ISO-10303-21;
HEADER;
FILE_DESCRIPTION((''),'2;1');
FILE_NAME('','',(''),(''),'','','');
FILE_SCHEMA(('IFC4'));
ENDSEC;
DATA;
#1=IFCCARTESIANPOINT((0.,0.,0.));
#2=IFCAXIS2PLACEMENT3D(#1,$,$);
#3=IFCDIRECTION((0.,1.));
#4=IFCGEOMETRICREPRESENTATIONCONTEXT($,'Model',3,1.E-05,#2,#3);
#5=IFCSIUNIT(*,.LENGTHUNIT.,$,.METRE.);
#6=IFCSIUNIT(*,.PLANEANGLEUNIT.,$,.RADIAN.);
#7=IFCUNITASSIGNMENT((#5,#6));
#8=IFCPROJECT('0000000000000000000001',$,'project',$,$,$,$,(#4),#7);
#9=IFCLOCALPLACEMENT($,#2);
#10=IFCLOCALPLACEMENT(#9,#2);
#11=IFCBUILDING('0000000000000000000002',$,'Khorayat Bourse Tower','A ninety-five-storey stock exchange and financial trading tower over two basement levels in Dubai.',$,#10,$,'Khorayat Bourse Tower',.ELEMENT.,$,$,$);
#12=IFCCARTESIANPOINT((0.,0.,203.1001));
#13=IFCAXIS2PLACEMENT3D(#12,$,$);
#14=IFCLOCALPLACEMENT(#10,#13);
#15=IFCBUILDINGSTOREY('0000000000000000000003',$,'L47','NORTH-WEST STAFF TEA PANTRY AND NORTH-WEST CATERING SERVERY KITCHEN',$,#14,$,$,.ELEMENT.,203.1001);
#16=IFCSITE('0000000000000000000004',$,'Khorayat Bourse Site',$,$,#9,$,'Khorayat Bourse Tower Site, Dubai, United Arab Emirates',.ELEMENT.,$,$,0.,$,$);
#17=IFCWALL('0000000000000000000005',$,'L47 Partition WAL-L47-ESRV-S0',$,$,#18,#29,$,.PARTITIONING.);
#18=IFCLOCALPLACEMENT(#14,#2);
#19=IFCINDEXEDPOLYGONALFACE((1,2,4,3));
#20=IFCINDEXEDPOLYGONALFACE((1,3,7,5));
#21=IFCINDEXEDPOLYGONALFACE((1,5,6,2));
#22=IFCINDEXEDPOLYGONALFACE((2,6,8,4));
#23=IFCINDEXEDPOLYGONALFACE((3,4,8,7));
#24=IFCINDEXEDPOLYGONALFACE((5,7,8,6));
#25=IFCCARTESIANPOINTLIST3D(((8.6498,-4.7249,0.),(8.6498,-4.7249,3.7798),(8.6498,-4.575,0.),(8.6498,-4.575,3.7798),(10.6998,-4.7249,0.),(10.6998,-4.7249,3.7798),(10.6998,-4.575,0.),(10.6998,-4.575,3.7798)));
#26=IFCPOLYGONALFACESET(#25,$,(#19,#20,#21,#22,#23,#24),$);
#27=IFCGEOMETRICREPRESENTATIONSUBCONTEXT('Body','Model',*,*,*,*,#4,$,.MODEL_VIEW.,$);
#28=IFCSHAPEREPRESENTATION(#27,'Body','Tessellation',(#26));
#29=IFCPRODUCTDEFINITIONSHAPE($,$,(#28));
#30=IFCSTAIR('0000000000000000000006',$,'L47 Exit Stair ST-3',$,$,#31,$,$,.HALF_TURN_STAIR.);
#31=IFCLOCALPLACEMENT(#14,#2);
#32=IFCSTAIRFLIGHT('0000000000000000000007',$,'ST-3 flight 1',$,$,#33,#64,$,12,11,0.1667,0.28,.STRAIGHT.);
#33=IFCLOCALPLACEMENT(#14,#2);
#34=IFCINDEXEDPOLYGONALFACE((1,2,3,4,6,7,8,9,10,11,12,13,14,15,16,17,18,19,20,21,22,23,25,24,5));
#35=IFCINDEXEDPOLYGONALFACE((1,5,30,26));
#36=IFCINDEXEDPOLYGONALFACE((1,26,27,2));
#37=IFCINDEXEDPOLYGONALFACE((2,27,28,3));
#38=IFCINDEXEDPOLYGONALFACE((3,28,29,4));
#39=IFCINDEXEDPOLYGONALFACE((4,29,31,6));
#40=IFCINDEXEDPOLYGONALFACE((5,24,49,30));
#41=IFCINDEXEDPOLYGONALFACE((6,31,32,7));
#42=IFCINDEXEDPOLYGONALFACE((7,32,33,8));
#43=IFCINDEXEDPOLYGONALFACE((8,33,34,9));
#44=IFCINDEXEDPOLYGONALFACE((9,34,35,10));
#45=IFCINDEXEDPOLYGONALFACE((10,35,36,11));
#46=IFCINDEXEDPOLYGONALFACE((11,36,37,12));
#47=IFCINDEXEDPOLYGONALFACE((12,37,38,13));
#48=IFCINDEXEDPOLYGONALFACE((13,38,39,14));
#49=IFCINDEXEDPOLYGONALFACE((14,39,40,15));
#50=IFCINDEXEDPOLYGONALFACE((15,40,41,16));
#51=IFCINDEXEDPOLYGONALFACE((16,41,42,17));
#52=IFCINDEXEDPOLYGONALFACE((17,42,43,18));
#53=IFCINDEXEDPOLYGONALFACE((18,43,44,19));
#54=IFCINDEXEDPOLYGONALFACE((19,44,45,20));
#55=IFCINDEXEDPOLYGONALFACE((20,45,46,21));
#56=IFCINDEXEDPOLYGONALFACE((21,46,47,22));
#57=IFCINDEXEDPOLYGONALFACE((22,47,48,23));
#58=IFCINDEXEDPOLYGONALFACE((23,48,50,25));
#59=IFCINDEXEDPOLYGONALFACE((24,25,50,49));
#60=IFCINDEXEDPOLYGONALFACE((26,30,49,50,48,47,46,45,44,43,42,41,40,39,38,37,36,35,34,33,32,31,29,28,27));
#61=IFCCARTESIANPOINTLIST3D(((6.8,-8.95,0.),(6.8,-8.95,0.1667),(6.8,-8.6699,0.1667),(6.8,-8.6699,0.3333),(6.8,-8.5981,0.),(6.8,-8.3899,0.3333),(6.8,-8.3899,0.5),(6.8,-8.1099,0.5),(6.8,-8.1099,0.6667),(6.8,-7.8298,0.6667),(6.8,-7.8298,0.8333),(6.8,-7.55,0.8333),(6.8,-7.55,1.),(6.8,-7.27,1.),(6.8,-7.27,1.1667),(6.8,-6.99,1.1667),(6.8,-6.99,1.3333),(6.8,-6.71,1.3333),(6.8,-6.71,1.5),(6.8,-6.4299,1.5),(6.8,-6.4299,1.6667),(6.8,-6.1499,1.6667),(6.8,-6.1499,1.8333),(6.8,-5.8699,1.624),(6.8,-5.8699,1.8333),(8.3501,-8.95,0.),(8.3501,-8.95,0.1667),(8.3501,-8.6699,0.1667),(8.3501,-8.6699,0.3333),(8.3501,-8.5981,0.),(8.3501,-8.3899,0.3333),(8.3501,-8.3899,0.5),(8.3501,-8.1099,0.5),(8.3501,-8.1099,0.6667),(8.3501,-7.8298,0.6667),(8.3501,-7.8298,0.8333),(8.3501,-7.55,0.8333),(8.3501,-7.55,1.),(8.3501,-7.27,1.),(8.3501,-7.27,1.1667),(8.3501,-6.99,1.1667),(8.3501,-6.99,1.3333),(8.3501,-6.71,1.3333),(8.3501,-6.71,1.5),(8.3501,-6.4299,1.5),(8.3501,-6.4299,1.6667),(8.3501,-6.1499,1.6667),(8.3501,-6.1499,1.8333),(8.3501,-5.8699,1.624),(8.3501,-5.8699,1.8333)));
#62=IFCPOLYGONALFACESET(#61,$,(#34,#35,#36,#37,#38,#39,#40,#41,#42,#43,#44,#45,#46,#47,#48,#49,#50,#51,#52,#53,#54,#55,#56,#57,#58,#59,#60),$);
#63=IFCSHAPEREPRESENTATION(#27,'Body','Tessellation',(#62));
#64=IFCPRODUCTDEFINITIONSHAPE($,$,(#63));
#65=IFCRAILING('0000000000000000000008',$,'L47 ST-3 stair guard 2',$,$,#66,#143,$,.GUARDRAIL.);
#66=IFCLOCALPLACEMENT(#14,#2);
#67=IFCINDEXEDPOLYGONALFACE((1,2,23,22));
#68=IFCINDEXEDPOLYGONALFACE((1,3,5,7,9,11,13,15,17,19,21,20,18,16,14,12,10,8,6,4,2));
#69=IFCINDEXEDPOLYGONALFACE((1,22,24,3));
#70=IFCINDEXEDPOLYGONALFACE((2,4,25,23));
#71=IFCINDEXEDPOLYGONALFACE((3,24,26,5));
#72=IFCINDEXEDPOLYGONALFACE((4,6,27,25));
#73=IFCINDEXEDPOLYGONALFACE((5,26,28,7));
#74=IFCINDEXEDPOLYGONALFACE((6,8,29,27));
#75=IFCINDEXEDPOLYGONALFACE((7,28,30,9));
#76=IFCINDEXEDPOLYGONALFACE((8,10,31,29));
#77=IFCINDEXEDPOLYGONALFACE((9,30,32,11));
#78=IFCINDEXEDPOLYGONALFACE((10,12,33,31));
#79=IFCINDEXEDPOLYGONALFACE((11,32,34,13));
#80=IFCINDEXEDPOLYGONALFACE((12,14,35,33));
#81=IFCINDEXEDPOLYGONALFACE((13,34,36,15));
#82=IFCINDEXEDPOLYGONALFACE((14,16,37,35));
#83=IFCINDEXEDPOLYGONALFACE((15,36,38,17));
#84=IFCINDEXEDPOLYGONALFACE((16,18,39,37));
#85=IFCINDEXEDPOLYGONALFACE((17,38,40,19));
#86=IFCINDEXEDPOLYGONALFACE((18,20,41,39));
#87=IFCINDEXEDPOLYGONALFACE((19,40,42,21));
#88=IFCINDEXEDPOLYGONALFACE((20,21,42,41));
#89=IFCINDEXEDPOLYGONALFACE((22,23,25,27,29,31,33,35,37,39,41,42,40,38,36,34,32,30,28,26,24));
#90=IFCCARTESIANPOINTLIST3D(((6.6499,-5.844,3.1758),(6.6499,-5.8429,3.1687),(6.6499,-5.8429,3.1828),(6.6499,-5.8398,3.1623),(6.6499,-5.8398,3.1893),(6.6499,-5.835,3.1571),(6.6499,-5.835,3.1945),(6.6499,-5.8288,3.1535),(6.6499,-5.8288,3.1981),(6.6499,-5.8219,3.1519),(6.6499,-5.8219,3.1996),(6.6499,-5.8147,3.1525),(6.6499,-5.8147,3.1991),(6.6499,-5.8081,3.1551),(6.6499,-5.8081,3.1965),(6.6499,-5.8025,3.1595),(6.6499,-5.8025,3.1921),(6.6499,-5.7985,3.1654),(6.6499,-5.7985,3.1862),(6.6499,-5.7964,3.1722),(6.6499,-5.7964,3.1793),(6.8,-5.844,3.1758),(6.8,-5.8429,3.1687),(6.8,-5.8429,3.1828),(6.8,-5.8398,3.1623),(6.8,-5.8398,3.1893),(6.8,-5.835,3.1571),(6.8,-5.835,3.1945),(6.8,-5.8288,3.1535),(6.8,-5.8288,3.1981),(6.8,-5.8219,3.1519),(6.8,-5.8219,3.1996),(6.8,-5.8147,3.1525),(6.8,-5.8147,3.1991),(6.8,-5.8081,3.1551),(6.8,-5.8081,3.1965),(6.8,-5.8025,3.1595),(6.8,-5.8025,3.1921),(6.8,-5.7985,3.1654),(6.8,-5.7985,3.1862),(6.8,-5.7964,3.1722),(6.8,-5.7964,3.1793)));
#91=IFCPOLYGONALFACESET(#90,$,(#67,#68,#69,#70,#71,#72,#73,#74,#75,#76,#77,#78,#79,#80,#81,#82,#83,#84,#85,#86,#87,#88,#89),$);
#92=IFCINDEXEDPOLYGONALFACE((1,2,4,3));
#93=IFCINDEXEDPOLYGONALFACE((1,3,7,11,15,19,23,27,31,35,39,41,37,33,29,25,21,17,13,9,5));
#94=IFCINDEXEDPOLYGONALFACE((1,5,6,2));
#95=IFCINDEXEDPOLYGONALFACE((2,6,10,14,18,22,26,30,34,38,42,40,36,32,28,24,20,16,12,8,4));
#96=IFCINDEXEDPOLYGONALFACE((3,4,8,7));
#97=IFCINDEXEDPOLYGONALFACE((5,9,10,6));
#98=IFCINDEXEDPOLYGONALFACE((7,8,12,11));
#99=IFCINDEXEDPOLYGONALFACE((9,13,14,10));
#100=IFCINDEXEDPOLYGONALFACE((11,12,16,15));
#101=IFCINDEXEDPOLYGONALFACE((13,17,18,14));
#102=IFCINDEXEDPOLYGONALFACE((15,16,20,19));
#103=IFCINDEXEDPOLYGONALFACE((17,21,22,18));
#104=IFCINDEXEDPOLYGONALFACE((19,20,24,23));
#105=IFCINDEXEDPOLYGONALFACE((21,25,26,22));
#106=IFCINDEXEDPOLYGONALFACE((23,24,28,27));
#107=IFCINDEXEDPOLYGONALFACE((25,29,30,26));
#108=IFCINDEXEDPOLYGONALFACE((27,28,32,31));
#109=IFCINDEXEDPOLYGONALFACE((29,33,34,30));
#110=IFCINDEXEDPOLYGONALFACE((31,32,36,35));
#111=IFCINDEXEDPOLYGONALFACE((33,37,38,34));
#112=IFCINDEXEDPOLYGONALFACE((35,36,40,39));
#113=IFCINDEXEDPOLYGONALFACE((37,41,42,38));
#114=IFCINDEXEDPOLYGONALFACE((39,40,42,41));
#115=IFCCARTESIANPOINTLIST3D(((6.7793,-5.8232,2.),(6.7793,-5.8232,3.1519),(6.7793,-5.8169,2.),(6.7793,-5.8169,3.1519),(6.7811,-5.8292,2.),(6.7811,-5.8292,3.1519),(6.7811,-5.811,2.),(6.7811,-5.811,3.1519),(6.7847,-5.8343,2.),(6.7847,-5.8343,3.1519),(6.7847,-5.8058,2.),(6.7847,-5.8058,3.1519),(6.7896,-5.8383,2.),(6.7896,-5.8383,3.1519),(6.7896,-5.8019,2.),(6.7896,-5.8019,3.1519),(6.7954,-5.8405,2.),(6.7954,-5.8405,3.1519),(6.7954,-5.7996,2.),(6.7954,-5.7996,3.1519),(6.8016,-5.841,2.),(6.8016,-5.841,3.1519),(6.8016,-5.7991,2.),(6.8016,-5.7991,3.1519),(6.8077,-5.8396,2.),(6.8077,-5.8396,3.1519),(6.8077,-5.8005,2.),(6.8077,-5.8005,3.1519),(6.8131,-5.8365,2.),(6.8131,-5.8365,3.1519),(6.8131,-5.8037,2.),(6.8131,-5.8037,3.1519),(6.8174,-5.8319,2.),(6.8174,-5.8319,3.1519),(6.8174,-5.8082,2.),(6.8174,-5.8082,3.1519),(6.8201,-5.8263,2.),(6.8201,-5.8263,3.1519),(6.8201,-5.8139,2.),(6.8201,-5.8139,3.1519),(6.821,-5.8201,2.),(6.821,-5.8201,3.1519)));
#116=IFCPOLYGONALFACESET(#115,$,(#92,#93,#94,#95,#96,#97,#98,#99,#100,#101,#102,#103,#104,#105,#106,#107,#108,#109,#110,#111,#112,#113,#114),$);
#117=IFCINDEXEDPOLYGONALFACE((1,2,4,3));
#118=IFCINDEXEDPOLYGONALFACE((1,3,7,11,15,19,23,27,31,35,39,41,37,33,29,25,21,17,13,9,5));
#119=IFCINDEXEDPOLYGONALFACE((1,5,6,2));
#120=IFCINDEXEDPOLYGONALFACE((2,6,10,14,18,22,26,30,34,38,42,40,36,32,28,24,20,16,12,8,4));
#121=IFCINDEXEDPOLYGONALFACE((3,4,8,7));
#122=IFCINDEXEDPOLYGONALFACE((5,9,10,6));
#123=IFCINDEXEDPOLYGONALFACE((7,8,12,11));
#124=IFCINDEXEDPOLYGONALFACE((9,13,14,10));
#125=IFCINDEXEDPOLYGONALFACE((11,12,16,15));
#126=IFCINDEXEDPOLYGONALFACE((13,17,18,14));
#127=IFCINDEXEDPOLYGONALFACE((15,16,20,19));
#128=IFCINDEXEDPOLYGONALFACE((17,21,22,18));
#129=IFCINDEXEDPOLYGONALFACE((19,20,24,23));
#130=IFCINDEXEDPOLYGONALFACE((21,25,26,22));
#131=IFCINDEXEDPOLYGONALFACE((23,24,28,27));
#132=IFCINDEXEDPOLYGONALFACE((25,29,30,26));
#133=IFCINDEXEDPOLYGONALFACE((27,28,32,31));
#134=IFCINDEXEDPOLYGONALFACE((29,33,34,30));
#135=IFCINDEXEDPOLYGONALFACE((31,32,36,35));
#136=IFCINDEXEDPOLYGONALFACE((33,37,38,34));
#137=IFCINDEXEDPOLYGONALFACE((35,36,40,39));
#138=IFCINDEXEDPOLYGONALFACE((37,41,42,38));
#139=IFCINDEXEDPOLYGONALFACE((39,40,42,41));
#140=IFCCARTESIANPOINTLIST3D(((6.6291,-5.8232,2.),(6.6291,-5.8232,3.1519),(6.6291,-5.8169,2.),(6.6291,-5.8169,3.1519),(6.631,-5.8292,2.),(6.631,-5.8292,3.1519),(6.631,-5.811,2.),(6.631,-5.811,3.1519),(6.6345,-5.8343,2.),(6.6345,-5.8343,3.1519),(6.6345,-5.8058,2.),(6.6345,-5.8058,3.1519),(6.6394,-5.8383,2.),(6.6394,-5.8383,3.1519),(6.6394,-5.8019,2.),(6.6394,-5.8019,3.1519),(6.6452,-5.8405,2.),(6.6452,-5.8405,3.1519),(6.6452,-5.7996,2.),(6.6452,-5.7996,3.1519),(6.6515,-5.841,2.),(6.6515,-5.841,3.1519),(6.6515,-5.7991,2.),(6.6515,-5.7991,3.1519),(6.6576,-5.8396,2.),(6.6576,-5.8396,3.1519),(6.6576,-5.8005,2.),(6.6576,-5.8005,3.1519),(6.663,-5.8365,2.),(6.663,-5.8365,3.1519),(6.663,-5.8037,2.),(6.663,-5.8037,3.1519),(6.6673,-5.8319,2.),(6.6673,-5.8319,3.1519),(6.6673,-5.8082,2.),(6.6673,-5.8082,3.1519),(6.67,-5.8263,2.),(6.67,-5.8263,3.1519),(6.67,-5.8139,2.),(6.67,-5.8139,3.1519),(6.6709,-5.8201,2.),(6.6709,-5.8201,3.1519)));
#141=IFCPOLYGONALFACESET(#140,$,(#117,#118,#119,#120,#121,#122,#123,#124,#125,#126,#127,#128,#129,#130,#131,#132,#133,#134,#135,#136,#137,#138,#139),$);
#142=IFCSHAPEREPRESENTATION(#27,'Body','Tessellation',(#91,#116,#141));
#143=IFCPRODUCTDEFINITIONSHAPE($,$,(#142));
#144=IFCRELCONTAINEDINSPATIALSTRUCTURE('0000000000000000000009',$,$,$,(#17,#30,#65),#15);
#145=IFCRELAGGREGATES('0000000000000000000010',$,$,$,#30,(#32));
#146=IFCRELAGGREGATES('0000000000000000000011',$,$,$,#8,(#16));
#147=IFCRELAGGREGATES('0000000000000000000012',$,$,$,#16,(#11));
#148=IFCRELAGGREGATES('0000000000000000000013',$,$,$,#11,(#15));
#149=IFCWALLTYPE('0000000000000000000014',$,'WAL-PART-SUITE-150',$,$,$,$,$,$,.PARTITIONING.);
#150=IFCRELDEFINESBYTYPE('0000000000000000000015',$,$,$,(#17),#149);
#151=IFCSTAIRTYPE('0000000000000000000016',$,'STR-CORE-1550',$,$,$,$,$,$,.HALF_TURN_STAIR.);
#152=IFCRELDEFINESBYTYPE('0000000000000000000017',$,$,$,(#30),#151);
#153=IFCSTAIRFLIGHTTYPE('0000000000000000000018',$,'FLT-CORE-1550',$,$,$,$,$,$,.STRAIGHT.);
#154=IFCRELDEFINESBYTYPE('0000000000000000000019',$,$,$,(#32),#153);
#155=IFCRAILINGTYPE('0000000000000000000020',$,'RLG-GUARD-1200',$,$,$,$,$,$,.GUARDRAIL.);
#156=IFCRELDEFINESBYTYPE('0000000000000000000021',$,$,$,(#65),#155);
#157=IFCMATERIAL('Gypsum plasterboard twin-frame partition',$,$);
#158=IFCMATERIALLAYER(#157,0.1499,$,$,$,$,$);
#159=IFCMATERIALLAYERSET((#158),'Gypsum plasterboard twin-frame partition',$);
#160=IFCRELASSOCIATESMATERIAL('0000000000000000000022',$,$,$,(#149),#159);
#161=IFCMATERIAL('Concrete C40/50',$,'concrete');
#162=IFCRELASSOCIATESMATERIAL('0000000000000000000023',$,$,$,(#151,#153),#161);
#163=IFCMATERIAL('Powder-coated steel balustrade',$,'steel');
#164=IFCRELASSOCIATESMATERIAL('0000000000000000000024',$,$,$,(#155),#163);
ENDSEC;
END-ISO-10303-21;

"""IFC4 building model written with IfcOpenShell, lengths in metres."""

from ifc_helpers import new_model, si_unit, direction, frame, frame_2d, origin, origin_2d, place, context, subcontext, project, spatial, polyline, rectangle, circle, outline, extrude, source, transform, mapped, material, layer, layer_set, type_object, element, aggregate, save


model = new_model("IFC4")

# Units and contexts
model_context = context("Model", 3, precision=1e-05, world=origin(), true_north=direction((0.0, 1.0)))
body_context = subcontext(model_context, "Body", "Model", "MODEL_VIEW")
ifc_project = project(units=[si_unit("LENGTHUNIT", "METRE"), si_unit("PLANEANGLEUNIT", "RADIAN")], contexts=[model_context])

# Site, building, storey
site_placement = place(None, origin())
site = spatial("IfcSite", under=ifc_project, at=site_placement, Name="Khorayat Bourse Site", LongName="Khorayat Bourse Tower Site, Dubai, United Arab Emirates", CompositionType="ELEMENT", RefElevation=0.0)
building_placement = place(site_placement, origin())
building = spatial("IfcBuilding", under=site, at=building_placement, Name="Khorayat Bourse Tower", Description="A ninety-five-storey stock exchange and financial trading tower over two basement levels in Dubai.", LongName="Khorayat Bourse Tower", CompositionType="ELEMENT")
storey_placement = place(building_placement, frame((0.0, 0.0, 203.1001)))
storey = spatial("IfcBuildingStorey", under=building, at=storey_placement, Name="L47", Description="NORTH-WEST STAFF TEA PANTRY AND NORTH-WEST CATERING SERVERY KITCHEN", CompositionType="ELEMENT", Elevation=203.1001)

# Wall
ifc_material_1 = material(Name="Gypsum plasterboard twin-frame partition")
ifc_layer_1 = layer(ifc_material_1, 0.1499)
ifc_layer_set_1 = layer_set([ifc_layer_1], Name="Gypsum plasterboard twin-frame partition")
wall_type_1 = type_object("IfcWallType", Name="WAL-PART-SUITE-150", PredefinedType="PARTITIONING", material=ifc_layer_set_1)
shared_shape_1 = source(origin(), body_context, "Body", "SweptSolid", [
    extrude(rectangle(XDim=2.05, YDim=0.1499, at=frame_2d((1.0249, 0.0))), origin(), (0.0, 0.0, 1.0), 3.7798),
])
wall_1_placement = place(storey_placement, frame((8.6499, -4.6499, 0.0), z_axis=(0.0, 0.0, 1.0), x_axis=(1.0, 0.0, 0.0)))
element("IfcWall", 1, at=wall_1_placement, inside=storey, type_object=wall_type_1, Name="L47 Partition WAL-L47-ESRV-S0", PredefinedType="PARTITIONING", context=body_context, shape_type="MappedRepresentation", body=[
    mapped(shared_shape_1, transform((0.0, 0.0, 0.0), scale=1.0)),
])

# Stair, stair flight
ifc_material_2 = material(Name="Concrete C40/50", Category="concrete")
stair_type = type_object("IfcStairType", Name="STR-CORE-1550", PredefinedType="HALF_TURN_STAIR", material=ifc_material_2)
stair_placement = place(storey_placement, origin())
stair = element("IfcStair", 2, at=stair_placement, inside=storey, type_object=stair_type, Name="L47 Exit Stair ST-3", PredefinedType="HALF_TURN_STAIR")
stair_flight_type = type_object("IfcStairFlightType", Name="FLT-CORE-1550", PredefinedType="STRAIGHT", material=ifc_material_2)
shared_shape_2 = source(origin(), body_context, "Body", "SweptSolid", [
    extrude(outline(polyline([(0.0, 0.0), (0.0, 0.1667), (0.28, 0.1667), (0.28, 0.3333), (0.5601, 0.3333), (0.5601, 0.5), (0.8401, 0.5), (0.8401, 0.6667), (1.1201, 0.6667), (1.1201, 0.8333), (1.3999, 0.8333), (1.3999, 1.0), (1.6799, 1.0), (1.6799, 1.1667), (1.96, 1.1667), (1.96, 1.3333), (2.24, 1.3333), (2.24, 1.5), (2.52, 1.5), (2.52, 1.6667), (2.8, 1.6667), (2.8, 1.8333), (3.0801, 1.8333), (3.0801, 2.0), (3.0801, 1.624), (0.3518, 0.0), (0.0, 0.0)])), frame((0.0, 0.7749, 0.0), z_axis=(0.0, -1.0, 0.0), x_axis=(1.0, 0.0, 0.0)), (0.0, 0.0, 1.0), 1.55),
])
stair_flight_placement = place(storey_placement, frame((7.575, -8.95, 0.0), z_axis=(0.0, 0.0, 1.0), x_axis=(0.0, 1.0, 0.0)))
stair_flight = element("IfcStairFlight", 3, at=stair_flight_placement, type_object=stair_flight_type, Name="ST-3 flight 1", NumberOfRisers=12, NumberOfTreads=11, PredefinedType="STRAIGHT", RiserHeight=0.1667, TreadLength=0.28, context=body_context, shape_type="MappedRepresentation", body=[
    mapped(shared_shape_2, transform((0.0, 0.0, 0.0), scale=1.0)),
])
aggregate(stair, [stair_flight])

# Railing
ifc_material_3 = material(Name="Powder-coated steel balustrade", Category="steel")
railing_type_1 = type_object("IfcRailingType", Name="RLG-GUARD-1200", PredefinedType="GUARDRAIL", material=ifc_material_3)
shared_shape_3 = source(origin(), body_context, "Body", "SweptSolid", [
    extrude(circle(Radius=0.0239, at=origin_2d()), frame((0.0, 0.0, 1.1758), z_axis=(-1.0, 0.0, 0.0), x_axis=(0.0, -1.0, 0.0)), (0.0, 0.0, 1.0), 0.1501),
    extrude(circle(Radius=0.021, at=origin_2d()), origin(), (0.0, 0.0, 1.0), 1.1519),
    extrude(circle(Radius=0.021, at=origin_2d()), frame((-0.1501, 0.0, 0.0)), (0.0, 0.0, 1.0), 1.1519),
])
for number, where, name in (
    (4, (6.8, -5.8201, 2.0), "L47 ST-3 stair guard 2"),
):
    element("IfcRailing", number, at=place(storey_placement, frame(where)), inside=storey, type_object=railing_type_1, Name=name, PredefinedType="GUARDRAIL", context=body_context, shape_type="MappedRepresentation", body=[
        mapped(shared_shape_3, transform((0.0, 0.0, 0.0), scale=1.0)),
    ])

save(model, "model.ifc")
